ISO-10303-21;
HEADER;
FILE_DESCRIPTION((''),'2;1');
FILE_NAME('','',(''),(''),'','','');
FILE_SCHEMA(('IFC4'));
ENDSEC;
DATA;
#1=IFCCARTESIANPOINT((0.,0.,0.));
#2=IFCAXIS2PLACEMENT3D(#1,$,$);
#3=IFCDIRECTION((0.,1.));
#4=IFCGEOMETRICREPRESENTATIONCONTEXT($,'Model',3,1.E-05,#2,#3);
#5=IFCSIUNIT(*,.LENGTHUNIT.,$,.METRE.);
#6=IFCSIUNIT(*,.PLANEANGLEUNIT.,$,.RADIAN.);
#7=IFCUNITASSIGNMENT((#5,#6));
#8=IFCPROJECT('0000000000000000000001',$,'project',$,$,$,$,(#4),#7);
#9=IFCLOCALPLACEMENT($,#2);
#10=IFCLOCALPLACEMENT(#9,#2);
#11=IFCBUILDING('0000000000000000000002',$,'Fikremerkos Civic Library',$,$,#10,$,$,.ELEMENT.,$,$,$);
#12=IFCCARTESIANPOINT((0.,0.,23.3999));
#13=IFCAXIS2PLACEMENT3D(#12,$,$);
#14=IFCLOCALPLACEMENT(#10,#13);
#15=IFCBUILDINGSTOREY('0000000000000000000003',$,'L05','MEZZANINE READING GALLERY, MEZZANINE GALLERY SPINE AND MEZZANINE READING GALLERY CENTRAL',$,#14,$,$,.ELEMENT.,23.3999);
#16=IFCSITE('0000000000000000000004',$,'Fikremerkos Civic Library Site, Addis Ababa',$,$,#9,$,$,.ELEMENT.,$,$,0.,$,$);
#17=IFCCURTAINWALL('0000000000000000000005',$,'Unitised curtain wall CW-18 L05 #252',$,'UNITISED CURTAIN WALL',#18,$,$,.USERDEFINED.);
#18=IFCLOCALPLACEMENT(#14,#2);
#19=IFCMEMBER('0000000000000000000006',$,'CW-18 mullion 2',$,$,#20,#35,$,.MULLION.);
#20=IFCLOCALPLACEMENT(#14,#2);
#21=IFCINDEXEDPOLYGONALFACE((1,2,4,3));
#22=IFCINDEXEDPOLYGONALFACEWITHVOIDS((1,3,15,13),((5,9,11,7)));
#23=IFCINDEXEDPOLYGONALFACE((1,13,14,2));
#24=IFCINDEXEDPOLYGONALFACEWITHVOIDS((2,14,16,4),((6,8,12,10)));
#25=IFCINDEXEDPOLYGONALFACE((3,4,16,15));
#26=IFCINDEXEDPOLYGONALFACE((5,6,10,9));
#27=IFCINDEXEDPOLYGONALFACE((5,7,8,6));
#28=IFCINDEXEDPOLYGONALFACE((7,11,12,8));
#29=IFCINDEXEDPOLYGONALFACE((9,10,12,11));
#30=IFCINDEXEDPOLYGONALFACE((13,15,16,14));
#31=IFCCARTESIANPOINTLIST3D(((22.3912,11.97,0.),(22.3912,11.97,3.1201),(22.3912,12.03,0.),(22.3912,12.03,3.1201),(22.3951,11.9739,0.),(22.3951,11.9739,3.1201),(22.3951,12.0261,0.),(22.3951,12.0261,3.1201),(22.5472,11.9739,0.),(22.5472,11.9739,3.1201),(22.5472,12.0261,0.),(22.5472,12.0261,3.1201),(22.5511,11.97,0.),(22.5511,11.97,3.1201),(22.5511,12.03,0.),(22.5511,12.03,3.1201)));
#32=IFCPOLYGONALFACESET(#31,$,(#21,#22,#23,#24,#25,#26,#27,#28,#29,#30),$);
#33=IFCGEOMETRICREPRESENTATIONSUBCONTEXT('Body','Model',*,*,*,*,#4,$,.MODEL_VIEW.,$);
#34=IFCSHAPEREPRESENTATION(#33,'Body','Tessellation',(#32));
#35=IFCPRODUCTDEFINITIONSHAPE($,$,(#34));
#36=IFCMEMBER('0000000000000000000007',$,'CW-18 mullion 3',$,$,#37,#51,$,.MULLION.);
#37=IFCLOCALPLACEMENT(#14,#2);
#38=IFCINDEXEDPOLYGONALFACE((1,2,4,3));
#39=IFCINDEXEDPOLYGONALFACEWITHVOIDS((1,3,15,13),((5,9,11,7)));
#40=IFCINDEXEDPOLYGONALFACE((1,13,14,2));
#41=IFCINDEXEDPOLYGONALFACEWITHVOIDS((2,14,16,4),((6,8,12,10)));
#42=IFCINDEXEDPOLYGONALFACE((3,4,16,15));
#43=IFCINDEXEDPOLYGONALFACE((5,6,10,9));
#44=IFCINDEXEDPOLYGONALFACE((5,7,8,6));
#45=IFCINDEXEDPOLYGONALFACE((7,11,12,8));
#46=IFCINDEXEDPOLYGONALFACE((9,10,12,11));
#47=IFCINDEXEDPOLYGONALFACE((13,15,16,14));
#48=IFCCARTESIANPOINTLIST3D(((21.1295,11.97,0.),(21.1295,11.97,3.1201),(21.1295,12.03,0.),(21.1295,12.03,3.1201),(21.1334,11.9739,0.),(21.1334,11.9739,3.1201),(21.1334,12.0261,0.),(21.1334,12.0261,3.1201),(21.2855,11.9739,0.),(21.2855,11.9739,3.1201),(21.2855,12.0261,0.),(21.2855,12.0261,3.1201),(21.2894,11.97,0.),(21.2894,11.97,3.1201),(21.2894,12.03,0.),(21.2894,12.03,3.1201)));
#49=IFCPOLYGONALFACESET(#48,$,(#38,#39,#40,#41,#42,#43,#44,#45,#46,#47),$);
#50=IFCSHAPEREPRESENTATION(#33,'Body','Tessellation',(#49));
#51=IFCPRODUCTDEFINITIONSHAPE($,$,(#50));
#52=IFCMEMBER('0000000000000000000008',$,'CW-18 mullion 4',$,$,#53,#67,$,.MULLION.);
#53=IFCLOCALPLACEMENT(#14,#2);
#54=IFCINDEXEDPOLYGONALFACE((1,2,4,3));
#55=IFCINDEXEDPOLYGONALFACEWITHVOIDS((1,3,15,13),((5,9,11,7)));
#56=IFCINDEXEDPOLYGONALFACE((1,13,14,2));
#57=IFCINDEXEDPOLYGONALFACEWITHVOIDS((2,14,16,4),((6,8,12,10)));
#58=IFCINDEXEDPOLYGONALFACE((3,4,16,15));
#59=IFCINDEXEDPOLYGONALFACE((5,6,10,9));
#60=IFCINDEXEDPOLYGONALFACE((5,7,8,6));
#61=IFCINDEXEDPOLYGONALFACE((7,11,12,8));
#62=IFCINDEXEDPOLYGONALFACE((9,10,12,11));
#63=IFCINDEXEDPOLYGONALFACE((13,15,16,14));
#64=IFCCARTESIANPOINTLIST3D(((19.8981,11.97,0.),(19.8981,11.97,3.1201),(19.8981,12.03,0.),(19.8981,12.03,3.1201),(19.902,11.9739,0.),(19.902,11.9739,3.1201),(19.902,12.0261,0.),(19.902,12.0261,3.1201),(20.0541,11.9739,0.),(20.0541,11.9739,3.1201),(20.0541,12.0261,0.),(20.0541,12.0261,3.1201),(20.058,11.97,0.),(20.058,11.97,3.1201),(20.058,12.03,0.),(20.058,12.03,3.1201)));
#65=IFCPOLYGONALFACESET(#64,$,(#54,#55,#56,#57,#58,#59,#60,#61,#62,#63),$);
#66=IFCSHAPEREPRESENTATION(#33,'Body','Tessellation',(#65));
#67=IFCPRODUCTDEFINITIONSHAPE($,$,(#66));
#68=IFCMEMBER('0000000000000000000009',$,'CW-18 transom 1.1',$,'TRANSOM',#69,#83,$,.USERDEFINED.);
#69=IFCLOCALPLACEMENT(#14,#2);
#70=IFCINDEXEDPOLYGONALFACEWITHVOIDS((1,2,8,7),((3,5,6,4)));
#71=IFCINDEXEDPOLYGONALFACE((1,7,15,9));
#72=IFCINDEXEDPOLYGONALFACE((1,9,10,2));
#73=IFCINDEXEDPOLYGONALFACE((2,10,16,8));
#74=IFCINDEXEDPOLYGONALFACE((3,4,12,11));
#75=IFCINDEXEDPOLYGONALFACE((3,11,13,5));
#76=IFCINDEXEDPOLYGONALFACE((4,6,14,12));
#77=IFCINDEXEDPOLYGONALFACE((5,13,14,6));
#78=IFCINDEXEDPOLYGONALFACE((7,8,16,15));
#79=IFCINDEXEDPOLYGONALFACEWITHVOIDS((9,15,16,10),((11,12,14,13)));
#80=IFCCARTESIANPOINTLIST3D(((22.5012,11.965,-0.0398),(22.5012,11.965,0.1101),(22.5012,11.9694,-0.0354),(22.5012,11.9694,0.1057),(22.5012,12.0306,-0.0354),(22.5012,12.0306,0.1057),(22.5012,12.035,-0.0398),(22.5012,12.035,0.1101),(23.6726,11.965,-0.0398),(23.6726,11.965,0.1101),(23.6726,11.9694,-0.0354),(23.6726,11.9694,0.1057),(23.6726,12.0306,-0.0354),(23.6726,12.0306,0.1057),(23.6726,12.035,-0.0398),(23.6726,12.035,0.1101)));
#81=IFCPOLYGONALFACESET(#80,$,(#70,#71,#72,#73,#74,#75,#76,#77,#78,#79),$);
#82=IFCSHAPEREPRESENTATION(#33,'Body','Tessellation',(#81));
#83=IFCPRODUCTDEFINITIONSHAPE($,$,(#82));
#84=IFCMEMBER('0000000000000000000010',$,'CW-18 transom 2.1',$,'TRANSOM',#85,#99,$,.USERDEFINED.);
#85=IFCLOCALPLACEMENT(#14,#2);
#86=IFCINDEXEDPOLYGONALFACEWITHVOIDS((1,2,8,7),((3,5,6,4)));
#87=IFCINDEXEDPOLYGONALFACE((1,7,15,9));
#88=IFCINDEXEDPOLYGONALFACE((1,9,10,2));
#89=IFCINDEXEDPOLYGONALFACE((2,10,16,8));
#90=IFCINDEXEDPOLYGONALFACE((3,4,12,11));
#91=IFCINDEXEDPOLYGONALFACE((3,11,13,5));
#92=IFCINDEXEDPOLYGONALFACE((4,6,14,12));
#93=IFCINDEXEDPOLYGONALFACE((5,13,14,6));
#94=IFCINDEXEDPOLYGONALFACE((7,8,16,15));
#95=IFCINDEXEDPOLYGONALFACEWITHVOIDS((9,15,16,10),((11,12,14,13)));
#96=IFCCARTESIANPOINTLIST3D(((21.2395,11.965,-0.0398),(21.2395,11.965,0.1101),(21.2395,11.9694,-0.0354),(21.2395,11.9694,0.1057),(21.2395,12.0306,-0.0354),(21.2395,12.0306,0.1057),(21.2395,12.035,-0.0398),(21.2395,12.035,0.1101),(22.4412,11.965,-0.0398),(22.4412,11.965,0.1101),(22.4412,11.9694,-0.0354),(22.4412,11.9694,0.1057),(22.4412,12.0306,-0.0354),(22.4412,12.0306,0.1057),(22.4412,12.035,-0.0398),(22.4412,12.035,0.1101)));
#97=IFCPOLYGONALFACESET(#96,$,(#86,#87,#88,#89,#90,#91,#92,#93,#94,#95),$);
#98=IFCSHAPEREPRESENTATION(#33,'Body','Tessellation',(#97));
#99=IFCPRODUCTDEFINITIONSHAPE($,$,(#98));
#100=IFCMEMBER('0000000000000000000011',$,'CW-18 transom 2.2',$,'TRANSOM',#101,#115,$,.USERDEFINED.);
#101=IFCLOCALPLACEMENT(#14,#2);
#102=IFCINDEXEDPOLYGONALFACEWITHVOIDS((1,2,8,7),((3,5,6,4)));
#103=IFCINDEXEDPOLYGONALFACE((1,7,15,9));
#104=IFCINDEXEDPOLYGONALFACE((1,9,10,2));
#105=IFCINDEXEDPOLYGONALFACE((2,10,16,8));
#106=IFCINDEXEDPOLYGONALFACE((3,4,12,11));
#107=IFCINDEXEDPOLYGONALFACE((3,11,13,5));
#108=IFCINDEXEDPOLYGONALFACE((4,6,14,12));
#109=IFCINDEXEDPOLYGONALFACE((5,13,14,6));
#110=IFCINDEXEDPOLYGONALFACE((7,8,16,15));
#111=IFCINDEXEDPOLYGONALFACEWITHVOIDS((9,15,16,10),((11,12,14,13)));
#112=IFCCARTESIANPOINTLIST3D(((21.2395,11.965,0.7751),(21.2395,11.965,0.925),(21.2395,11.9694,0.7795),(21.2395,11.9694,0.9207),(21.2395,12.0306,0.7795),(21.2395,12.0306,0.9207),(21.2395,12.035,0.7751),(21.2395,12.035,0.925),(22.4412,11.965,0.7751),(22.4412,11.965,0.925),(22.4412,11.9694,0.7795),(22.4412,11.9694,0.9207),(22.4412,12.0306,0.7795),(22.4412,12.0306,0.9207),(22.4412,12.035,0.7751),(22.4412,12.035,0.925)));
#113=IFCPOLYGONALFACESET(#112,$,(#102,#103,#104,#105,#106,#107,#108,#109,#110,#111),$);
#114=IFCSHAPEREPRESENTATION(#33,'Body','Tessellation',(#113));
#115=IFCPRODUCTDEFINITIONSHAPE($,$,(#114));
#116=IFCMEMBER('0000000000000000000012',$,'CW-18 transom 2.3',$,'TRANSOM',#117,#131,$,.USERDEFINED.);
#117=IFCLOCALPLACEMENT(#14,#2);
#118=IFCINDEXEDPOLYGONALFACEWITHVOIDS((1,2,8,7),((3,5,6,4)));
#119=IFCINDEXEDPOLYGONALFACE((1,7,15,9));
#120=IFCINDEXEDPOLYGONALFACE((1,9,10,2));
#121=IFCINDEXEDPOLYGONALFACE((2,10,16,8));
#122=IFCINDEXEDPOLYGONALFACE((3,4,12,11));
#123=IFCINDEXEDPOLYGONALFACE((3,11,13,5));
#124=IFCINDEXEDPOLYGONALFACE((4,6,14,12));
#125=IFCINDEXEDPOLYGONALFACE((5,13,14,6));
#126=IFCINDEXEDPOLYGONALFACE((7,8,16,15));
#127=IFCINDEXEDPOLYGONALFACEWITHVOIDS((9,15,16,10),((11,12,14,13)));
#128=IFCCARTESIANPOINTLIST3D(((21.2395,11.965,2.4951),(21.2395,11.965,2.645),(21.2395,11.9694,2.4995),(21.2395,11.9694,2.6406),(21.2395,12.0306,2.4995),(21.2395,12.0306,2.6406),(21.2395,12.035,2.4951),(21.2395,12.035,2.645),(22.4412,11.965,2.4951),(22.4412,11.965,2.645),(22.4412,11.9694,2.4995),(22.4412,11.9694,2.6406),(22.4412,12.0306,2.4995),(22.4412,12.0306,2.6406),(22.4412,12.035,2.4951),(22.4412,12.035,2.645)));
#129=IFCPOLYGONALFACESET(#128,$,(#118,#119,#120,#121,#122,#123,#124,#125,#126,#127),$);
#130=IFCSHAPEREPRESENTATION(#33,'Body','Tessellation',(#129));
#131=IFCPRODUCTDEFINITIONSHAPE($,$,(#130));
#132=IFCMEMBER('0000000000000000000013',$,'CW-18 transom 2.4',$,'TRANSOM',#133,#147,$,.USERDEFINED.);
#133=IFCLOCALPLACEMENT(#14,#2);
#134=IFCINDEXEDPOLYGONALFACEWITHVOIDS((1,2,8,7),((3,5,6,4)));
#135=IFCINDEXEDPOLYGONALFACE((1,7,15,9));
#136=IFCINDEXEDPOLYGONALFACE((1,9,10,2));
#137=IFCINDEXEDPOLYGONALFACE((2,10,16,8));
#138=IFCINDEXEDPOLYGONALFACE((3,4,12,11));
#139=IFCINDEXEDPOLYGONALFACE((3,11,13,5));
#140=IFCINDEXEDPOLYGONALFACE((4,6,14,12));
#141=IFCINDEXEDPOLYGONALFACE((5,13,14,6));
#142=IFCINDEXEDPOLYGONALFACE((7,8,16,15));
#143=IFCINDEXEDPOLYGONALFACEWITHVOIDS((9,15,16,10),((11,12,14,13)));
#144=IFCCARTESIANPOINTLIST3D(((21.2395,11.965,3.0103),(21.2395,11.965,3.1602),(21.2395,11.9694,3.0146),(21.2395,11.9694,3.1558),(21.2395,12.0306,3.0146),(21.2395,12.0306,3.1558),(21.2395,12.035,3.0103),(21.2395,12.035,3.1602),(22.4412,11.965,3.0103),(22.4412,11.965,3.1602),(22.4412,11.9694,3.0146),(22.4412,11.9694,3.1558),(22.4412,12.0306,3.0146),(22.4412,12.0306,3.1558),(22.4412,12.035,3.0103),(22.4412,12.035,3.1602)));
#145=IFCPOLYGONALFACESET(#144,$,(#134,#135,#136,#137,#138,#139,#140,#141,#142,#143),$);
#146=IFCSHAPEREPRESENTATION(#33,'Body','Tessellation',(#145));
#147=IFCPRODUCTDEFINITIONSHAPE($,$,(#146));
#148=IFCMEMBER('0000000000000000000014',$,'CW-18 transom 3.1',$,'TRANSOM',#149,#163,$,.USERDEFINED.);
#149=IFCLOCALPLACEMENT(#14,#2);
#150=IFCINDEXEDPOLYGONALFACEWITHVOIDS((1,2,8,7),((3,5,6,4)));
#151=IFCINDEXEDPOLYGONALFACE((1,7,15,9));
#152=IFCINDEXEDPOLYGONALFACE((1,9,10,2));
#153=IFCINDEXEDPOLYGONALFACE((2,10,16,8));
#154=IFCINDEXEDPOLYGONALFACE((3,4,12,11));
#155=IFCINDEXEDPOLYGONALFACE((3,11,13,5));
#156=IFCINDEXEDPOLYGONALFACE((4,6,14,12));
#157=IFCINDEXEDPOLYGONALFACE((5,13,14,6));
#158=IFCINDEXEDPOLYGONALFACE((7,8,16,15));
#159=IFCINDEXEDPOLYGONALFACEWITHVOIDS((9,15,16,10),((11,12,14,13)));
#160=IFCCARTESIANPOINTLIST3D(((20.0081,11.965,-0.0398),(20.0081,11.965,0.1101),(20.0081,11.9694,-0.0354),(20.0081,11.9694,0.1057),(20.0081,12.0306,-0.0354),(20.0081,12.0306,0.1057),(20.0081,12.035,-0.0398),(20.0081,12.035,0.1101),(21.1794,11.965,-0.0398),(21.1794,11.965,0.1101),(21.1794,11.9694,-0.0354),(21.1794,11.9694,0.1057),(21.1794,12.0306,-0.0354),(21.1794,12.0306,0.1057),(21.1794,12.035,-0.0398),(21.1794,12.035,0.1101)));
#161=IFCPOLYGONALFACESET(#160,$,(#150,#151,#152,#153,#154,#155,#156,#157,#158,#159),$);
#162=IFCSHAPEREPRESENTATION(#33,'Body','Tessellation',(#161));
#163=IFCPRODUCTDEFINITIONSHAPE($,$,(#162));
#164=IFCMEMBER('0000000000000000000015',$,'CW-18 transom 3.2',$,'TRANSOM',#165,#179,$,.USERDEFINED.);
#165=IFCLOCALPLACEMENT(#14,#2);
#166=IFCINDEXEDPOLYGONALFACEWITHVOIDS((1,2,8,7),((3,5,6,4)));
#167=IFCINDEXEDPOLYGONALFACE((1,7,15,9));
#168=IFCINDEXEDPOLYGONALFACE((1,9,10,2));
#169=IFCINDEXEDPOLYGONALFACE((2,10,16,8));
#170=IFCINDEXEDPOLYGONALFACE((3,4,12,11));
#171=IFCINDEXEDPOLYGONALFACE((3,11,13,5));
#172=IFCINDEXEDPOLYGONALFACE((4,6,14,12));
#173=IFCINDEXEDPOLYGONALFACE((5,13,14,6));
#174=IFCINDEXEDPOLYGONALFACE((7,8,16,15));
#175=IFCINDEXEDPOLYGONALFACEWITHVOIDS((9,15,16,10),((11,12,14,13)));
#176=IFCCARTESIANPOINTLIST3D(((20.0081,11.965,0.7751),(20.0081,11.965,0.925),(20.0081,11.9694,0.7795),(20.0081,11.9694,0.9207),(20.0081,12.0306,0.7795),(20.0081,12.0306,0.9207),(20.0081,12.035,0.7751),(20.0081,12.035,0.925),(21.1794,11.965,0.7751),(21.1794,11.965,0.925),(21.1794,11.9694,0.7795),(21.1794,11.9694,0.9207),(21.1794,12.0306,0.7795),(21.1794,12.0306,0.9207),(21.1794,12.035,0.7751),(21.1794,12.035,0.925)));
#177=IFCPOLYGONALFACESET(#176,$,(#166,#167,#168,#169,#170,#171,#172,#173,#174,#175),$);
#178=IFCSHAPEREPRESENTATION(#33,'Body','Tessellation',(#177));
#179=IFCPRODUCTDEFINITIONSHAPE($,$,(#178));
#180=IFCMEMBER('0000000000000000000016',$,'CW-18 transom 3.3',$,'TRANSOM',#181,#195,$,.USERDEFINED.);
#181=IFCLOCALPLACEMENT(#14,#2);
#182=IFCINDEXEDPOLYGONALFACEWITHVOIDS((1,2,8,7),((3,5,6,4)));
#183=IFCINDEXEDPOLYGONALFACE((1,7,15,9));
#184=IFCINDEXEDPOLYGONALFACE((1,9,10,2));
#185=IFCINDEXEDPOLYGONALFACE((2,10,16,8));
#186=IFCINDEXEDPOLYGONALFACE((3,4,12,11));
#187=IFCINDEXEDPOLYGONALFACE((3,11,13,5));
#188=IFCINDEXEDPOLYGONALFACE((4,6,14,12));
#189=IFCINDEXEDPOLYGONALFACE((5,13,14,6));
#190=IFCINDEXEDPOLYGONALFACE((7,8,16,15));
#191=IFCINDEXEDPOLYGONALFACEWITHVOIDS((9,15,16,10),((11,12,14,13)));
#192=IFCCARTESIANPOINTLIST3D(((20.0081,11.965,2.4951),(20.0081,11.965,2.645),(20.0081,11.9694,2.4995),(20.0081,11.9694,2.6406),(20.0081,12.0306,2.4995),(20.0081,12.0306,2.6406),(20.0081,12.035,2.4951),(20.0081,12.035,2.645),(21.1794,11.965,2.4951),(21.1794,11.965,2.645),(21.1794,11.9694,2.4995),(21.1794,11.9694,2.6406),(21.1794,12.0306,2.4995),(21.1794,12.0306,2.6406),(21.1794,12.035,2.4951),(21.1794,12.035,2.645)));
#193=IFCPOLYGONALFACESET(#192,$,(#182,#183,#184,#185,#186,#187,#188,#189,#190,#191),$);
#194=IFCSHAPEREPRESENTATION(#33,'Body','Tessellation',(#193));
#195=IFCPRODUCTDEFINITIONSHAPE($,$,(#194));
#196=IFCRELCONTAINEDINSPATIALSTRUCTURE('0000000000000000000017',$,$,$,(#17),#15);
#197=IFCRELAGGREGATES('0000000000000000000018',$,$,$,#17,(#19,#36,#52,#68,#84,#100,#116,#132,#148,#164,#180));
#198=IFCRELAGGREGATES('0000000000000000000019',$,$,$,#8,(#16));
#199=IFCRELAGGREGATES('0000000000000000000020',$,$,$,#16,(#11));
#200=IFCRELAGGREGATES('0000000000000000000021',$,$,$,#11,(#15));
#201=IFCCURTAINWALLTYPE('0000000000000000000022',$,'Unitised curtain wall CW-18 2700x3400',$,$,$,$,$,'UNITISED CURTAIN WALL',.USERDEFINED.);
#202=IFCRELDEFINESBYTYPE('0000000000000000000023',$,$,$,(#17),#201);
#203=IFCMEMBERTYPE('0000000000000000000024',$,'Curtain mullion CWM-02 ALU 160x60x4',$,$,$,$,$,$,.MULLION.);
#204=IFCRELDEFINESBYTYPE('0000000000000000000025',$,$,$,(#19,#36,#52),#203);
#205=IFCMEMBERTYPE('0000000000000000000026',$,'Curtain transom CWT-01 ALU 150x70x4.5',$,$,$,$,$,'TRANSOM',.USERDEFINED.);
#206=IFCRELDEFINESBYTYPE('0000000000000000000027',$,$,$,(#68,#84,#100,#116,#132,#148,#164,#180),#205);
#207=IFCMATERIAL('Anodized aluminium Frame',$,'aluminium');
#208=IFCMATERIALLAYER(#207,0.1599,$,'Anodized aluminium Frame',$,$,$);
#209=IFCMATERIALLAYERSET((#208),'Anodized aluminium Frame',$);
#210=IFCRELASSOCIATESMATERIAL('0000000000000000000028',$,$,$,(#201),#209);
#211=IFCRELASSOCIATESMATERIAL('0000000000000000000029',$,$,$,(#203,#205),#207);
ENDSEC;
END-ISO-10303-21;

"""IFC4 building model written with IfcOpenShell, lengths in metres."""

from ifc_helpers import new_model, si_unit, direction, frame, origin, origin_2d, place, context, subcontext, project, spatial, hollow_rectangle, extrude, material, layer, layer_set, material_profile, profile_set, type_object, element, aggregate, save


model = new_model("IFC4")

# Units and contexts
model_context = context("Model", 3, precision=1e-05, world=origin(), true_north=direction((0.0, 1.0)))
body_context = subcontext(model_context, "Body", "Model", "MODEL_VIEW")
ifc_project = project(units=[si_unit("LENGTHUNIT", "METRE"), si_unit("PLANEANGLEUNIT", "RADIAN")], contexts=[model_context])

# Site, building, storey
site_placement = place(None, origin())
site = spatial("IfcSite", under=ifc_project, at=site_placement, Name="Fikremerkos Civic Library Site, Addis Ababa", CompositionType="ELEMENT", RefElevation=0.0)
building_placement = place(site_placement, origin())
building = spatial("IfcBuilding", under=site, at=building_placement, Name="Fikremerkos Civic Library", CompositionType="ELEMENT")
storey_placement = place(building_placement, frame((0.0, 0.0, 23.3999)))
storey = spatial("IfcBuildingStorey", under=building, at=storey_placement, Name="L05", Description="MEZZANINE READING GALLERY, MEZZANINE GALLERY SPINE AND MEZZANINE READING GALLERY CENTRAL", CompositionType="ELEMENT", Elevation=23.3999)

# Curtain wall, members
ifc_material_1 = material(Name="Anodized aluminium Frame", Category="aluminium")
ifc_layer_1 = layer(ifc_material_1, 0.1599, Name="Anodized aluminium Frame")
ifc_layer_set_1 = layer_set([ifc_layer_1], Name="Anodized aluminium Frame")
curtain_wall_type = type_object("IfcCurtainWallType", Name="Unitised curtain wall CW-18 2700x3400", ElementType="UNITISED CURTAIN WALL", PredefinedType="USERDEFINED", material=ifc_layer_set_1)
curtain_wall_placement = place(storey_placement, origin())
curtain_wall = element("IfcCurtainWall", 1, at=curtain_wall_placement, inside=storey, type_object=curtain_wall_type, Name="Unitised curtain wall CW-18 L05 #252", ObjectType="UNITISED CURTAIN WALL", PredefinedType="USERDEFINED")
ifc_material_profile_1 = material_profile(ifc_material_1, hollow_rectangle(XDim=0.0601, YDim=0.1599, WallThickness=0.0039, at=origin_2d()), Name="ALU 160x60x4")
ifc_profile_set_1 = profile_set([ifc_material_profile_1], Name="Anodized aluminium Frame")
member_type_1 = type_object("IfcMemberType", Name="Curtain mullion CWM-02 ALU 160x60x4", PredefinedType="MULLION", material=ifc_profile_set_1)
member_1_placement = place(storey_placement, frame((22.4712, 12.0, 0.0), z_axis=(0.0, 0.0, 1.0), x_axis=(0.0, -1.0, 0.0)))
member_1 = element("IfcMember", 2, at=member_1_placement, type_object=member_type_1, Name="CW-18 mullion 2", PredefinedType="MULLION", context=body_context, shape_type="SweptSolid", body=[
    extrude(hollow_rectangle(XDim=0.0601, YDim=0.1599, WallThickness=0.0039, at=origin_2d()), origin(), (0.0, 0.0, 1.0), 3.1201),
])
member_2_placement = place(storey_placement, frame((21.2095, 12.0, 0.0), z_axis=(0.0, 0.0, 1.0), x_axis=(0.0, -1.0, 0.0)))
member_2 = element("IfcMember", 3, at=member_2_placement, type_object=member_type_1, Name="CW-18 mullion 3", PredefinedType="MULLION", context=body_context, shape_type="SweptSolid", body=[
    extrude(hollow_rectangle(XDim=0.0601, YDim=0.1599, WallThickness=0.0039, at=origin_2d()), origin(), (0.0, 0.0, 1.0), 3.1201),
])
member_3_placement = place(storey_placement, frame((19.978, 12.0, 0.0), z_axis=(0.0, 0.0, 1.0), x_axis=(0.0, -1.0, 0.0)))
member_3 = element("IfcMember", 4, at=member_3_placement, type_object=member_type_1, Name="CW-18 mullion 4", PredefinedType="MULLION", context=body_context, shape_type="SweptSolid", body=[
    extrude(hollow_rectangle(XDim=0.0601, YDim=0.1599, WallThickness=0.0039, at=origin_2d()), origin(), (0.0, 0.0, 1.0), 3.1201),
])
ifc_material_profile_2 = material_profile(ifc_material_1, hollow_rectangle(XDim=0.0701, YDim=0.1499, WallThickness=0.0044, at=origin_2d()), Name="ALU 150x70x4.5")
ifc_profile_set_2 = profile_set([ifc_material_profile_2], Name="Anodized aluminium Frame")
member_type_2 = type_object("IfcMemberType", Name="Curtain transom CWT-01 ALU 150x70x4.5", ElementType="TRANSOM", PredefinedType="USERDEFINED", material=ifc_profile_set_2)
member_4_placement = place(storey_placement, frame((23.6726, 12.0, 0.0352), z_axis=(-1.0, 0.0, 0.0), x_axis=(0.0, -1.0, 0.0)))
member_4 = element("IfcMember", 5, at=member_4_placement, type_object=member_type_2, Name="CW-18 transom 1.1", ObjectType="TRANSOM", PredefinedType="USERDEFINED", context=body_context, shape_type="SweptSolid", body=[
    extrude(hollow_rectangle(XDim=0.0701, YDim=0.1499, WallThickness=0.0044, at=origin_2d()), origin(), (0.0, 0.0, 1.0), 1.1714),
])
member_5_placement = place(storey_placement, frame((22.4412, 12.0, 0.0352), z_axis=(-1.0, 0.0, 0.0), x_axis=(0.0, -1.0, 0.0)))
member_5 = element("IfcMember", 6, at=member_5_placement, type_object=member_type_2, Name="CW-18 transom 2.1", ObjectType="TRANSOM", PredefinedType="USERDEFINED", context=body_context, shape_type="SweptSolid", body=[
    extrude(hollow_rectangle(XDim=0.0701, YDim=0.1499, WallThickness=0.0044, at=origin_2d()), origin(), (0.0, 0.0, 1.0), 1.2017),
])
member_6_placement = place(storey_placement, frame((22.4412, 12.0, 0.8501), z_axis=(-1.0, 0.0, 0.0), x_axis=(0.0, -1.0, 0.0)))
member_6 = element("IfcMember", 7, at=member_6_placement, type_object=member_type_2, Name="CW-18 transom 2.2", ObjectType="TRANSOM", PredefinedType="USERDEFINED", context=body_context, shape_type="SweptSolid", body=[
    extrude(hollow_rectangle(XDim=0.0701, YDim=0.1499, WallThickness=0.0044, at=origin_2d()), origin(), (0.0, 0.0, 1.0), 1.2017),
])
member_7_placement = place(storey_placement, frame((22.4412, 12.0, 2.5701), z_axis=(-1.0, 0.0, 0.0), x_axis=(0.0, -1.0, 0.0)))
member_7 = element("IfcMember", 8, at=member_7_placement, type_object=member_type_2, Name="CW-18 transom 2.3", ObjectType="TRANSOM", PredefinedType="USERDEFINED", context=body_context, shape_type="SweptSolid", body=[
    extrude(hollow_rectangle(XDim=0.0701, YDim=0.1499, WallThickness=0.0044, at=origin_2d()), origin(), (0.0, 0.0, 1.0), 1.2017),
])
member_8_placement = place(storey_placement, frame((22.4412, 12.0, 3.0852), z_axis=(-1.0, 0.0, 0.0), x_axis=(0.0, -1.0, 0.0)))
member_8 = element("IfcMember", 9, at=member_8_placement, type_object=member_type_2, Name="CW-18 transom 2.4", ObjectType="TRANSOM", PredefinedType="USERDEFINED", context=body_context, shape_type="SweptSolid", body=[
    extrude(hollow_rectangle(XDim=0.0701, YDim=0.1499, WallThickness=0.0044, at=origin_2d()), origin(), (0.0, 0.0, 1.0), 1.2017),
])
member_9_placement = place(storey_placement, frame((21.1794, 12.0, 0.0352), z_axis=(-1.0, 0.0, 0.0), x_axis=(0.0, -1.0, 0.0)))
member_9 = element("IfcMember", 10, at=member_9_placement, type_object=member_type_2, Name="CW-18 transom 3.1", ObjectType="TRANSOM", PredefinedType="USERDEFINED", context=body_context, shape_type="SweptSolid", body=[
    extrude(hollow_rectangle(XDim=0.0701, YDim=0.1499, WallThickness=0.0044, at=origin_2d()), origin(), (0.0, 0.0, 1.0), 1.1714),
])
member_10_placement = place(storey_placement, frame((21.1794, 12.0, 0.8501), z_axis=(-1.0, 0.0, 0.0), x_axis=(0.0, -1.0, 0.0)))
member_10 = element("IfcMember", 11, at=member_10_placement, type_object=member_type_2, Name="CW-18 transom 3.2", ObjectType="TRANSOM", PredefinedType="USERDEFINED", context=body_context, shape_type="SweptSolid", body=[
    extrude(hollow_rectangle(XDim=0.0701, YDim=0.1499, WallThickness=0.0044, at=origin_2d()), origin(), (0.0, 0.0, 1.0), 1.1714),
])
member_11_placement = place(storey_placement, frame((21.1794, 12.0, 2.5701), z_axis=(-1.0, 0.0, 0.0), x_axis=(0.0, -1.0, 0.0)))
member_11 = element("IfcMember", 12, at=member_11_placement, type_object=member_type_2, Name="CW-18 transom 3.3", ObjectType="TRANSOM", PredefinedType="USERDEFINED", context=body_context, shape_type="SweptSolid", body=[
    extrude(hollow_rectangle(XDim=0.0701, YDim=0.1499, WallThickness=0.0044, at=origin_2d()), origin(), (0.0, 0.0, 1.0), 1.1714),
])
aggregate(curtain_wall, [member_1, member_2, member_3, member_4, member_5, member_6, member_7, member_8, member_9, member_10, member_11])

save(model, "model.ifc")
